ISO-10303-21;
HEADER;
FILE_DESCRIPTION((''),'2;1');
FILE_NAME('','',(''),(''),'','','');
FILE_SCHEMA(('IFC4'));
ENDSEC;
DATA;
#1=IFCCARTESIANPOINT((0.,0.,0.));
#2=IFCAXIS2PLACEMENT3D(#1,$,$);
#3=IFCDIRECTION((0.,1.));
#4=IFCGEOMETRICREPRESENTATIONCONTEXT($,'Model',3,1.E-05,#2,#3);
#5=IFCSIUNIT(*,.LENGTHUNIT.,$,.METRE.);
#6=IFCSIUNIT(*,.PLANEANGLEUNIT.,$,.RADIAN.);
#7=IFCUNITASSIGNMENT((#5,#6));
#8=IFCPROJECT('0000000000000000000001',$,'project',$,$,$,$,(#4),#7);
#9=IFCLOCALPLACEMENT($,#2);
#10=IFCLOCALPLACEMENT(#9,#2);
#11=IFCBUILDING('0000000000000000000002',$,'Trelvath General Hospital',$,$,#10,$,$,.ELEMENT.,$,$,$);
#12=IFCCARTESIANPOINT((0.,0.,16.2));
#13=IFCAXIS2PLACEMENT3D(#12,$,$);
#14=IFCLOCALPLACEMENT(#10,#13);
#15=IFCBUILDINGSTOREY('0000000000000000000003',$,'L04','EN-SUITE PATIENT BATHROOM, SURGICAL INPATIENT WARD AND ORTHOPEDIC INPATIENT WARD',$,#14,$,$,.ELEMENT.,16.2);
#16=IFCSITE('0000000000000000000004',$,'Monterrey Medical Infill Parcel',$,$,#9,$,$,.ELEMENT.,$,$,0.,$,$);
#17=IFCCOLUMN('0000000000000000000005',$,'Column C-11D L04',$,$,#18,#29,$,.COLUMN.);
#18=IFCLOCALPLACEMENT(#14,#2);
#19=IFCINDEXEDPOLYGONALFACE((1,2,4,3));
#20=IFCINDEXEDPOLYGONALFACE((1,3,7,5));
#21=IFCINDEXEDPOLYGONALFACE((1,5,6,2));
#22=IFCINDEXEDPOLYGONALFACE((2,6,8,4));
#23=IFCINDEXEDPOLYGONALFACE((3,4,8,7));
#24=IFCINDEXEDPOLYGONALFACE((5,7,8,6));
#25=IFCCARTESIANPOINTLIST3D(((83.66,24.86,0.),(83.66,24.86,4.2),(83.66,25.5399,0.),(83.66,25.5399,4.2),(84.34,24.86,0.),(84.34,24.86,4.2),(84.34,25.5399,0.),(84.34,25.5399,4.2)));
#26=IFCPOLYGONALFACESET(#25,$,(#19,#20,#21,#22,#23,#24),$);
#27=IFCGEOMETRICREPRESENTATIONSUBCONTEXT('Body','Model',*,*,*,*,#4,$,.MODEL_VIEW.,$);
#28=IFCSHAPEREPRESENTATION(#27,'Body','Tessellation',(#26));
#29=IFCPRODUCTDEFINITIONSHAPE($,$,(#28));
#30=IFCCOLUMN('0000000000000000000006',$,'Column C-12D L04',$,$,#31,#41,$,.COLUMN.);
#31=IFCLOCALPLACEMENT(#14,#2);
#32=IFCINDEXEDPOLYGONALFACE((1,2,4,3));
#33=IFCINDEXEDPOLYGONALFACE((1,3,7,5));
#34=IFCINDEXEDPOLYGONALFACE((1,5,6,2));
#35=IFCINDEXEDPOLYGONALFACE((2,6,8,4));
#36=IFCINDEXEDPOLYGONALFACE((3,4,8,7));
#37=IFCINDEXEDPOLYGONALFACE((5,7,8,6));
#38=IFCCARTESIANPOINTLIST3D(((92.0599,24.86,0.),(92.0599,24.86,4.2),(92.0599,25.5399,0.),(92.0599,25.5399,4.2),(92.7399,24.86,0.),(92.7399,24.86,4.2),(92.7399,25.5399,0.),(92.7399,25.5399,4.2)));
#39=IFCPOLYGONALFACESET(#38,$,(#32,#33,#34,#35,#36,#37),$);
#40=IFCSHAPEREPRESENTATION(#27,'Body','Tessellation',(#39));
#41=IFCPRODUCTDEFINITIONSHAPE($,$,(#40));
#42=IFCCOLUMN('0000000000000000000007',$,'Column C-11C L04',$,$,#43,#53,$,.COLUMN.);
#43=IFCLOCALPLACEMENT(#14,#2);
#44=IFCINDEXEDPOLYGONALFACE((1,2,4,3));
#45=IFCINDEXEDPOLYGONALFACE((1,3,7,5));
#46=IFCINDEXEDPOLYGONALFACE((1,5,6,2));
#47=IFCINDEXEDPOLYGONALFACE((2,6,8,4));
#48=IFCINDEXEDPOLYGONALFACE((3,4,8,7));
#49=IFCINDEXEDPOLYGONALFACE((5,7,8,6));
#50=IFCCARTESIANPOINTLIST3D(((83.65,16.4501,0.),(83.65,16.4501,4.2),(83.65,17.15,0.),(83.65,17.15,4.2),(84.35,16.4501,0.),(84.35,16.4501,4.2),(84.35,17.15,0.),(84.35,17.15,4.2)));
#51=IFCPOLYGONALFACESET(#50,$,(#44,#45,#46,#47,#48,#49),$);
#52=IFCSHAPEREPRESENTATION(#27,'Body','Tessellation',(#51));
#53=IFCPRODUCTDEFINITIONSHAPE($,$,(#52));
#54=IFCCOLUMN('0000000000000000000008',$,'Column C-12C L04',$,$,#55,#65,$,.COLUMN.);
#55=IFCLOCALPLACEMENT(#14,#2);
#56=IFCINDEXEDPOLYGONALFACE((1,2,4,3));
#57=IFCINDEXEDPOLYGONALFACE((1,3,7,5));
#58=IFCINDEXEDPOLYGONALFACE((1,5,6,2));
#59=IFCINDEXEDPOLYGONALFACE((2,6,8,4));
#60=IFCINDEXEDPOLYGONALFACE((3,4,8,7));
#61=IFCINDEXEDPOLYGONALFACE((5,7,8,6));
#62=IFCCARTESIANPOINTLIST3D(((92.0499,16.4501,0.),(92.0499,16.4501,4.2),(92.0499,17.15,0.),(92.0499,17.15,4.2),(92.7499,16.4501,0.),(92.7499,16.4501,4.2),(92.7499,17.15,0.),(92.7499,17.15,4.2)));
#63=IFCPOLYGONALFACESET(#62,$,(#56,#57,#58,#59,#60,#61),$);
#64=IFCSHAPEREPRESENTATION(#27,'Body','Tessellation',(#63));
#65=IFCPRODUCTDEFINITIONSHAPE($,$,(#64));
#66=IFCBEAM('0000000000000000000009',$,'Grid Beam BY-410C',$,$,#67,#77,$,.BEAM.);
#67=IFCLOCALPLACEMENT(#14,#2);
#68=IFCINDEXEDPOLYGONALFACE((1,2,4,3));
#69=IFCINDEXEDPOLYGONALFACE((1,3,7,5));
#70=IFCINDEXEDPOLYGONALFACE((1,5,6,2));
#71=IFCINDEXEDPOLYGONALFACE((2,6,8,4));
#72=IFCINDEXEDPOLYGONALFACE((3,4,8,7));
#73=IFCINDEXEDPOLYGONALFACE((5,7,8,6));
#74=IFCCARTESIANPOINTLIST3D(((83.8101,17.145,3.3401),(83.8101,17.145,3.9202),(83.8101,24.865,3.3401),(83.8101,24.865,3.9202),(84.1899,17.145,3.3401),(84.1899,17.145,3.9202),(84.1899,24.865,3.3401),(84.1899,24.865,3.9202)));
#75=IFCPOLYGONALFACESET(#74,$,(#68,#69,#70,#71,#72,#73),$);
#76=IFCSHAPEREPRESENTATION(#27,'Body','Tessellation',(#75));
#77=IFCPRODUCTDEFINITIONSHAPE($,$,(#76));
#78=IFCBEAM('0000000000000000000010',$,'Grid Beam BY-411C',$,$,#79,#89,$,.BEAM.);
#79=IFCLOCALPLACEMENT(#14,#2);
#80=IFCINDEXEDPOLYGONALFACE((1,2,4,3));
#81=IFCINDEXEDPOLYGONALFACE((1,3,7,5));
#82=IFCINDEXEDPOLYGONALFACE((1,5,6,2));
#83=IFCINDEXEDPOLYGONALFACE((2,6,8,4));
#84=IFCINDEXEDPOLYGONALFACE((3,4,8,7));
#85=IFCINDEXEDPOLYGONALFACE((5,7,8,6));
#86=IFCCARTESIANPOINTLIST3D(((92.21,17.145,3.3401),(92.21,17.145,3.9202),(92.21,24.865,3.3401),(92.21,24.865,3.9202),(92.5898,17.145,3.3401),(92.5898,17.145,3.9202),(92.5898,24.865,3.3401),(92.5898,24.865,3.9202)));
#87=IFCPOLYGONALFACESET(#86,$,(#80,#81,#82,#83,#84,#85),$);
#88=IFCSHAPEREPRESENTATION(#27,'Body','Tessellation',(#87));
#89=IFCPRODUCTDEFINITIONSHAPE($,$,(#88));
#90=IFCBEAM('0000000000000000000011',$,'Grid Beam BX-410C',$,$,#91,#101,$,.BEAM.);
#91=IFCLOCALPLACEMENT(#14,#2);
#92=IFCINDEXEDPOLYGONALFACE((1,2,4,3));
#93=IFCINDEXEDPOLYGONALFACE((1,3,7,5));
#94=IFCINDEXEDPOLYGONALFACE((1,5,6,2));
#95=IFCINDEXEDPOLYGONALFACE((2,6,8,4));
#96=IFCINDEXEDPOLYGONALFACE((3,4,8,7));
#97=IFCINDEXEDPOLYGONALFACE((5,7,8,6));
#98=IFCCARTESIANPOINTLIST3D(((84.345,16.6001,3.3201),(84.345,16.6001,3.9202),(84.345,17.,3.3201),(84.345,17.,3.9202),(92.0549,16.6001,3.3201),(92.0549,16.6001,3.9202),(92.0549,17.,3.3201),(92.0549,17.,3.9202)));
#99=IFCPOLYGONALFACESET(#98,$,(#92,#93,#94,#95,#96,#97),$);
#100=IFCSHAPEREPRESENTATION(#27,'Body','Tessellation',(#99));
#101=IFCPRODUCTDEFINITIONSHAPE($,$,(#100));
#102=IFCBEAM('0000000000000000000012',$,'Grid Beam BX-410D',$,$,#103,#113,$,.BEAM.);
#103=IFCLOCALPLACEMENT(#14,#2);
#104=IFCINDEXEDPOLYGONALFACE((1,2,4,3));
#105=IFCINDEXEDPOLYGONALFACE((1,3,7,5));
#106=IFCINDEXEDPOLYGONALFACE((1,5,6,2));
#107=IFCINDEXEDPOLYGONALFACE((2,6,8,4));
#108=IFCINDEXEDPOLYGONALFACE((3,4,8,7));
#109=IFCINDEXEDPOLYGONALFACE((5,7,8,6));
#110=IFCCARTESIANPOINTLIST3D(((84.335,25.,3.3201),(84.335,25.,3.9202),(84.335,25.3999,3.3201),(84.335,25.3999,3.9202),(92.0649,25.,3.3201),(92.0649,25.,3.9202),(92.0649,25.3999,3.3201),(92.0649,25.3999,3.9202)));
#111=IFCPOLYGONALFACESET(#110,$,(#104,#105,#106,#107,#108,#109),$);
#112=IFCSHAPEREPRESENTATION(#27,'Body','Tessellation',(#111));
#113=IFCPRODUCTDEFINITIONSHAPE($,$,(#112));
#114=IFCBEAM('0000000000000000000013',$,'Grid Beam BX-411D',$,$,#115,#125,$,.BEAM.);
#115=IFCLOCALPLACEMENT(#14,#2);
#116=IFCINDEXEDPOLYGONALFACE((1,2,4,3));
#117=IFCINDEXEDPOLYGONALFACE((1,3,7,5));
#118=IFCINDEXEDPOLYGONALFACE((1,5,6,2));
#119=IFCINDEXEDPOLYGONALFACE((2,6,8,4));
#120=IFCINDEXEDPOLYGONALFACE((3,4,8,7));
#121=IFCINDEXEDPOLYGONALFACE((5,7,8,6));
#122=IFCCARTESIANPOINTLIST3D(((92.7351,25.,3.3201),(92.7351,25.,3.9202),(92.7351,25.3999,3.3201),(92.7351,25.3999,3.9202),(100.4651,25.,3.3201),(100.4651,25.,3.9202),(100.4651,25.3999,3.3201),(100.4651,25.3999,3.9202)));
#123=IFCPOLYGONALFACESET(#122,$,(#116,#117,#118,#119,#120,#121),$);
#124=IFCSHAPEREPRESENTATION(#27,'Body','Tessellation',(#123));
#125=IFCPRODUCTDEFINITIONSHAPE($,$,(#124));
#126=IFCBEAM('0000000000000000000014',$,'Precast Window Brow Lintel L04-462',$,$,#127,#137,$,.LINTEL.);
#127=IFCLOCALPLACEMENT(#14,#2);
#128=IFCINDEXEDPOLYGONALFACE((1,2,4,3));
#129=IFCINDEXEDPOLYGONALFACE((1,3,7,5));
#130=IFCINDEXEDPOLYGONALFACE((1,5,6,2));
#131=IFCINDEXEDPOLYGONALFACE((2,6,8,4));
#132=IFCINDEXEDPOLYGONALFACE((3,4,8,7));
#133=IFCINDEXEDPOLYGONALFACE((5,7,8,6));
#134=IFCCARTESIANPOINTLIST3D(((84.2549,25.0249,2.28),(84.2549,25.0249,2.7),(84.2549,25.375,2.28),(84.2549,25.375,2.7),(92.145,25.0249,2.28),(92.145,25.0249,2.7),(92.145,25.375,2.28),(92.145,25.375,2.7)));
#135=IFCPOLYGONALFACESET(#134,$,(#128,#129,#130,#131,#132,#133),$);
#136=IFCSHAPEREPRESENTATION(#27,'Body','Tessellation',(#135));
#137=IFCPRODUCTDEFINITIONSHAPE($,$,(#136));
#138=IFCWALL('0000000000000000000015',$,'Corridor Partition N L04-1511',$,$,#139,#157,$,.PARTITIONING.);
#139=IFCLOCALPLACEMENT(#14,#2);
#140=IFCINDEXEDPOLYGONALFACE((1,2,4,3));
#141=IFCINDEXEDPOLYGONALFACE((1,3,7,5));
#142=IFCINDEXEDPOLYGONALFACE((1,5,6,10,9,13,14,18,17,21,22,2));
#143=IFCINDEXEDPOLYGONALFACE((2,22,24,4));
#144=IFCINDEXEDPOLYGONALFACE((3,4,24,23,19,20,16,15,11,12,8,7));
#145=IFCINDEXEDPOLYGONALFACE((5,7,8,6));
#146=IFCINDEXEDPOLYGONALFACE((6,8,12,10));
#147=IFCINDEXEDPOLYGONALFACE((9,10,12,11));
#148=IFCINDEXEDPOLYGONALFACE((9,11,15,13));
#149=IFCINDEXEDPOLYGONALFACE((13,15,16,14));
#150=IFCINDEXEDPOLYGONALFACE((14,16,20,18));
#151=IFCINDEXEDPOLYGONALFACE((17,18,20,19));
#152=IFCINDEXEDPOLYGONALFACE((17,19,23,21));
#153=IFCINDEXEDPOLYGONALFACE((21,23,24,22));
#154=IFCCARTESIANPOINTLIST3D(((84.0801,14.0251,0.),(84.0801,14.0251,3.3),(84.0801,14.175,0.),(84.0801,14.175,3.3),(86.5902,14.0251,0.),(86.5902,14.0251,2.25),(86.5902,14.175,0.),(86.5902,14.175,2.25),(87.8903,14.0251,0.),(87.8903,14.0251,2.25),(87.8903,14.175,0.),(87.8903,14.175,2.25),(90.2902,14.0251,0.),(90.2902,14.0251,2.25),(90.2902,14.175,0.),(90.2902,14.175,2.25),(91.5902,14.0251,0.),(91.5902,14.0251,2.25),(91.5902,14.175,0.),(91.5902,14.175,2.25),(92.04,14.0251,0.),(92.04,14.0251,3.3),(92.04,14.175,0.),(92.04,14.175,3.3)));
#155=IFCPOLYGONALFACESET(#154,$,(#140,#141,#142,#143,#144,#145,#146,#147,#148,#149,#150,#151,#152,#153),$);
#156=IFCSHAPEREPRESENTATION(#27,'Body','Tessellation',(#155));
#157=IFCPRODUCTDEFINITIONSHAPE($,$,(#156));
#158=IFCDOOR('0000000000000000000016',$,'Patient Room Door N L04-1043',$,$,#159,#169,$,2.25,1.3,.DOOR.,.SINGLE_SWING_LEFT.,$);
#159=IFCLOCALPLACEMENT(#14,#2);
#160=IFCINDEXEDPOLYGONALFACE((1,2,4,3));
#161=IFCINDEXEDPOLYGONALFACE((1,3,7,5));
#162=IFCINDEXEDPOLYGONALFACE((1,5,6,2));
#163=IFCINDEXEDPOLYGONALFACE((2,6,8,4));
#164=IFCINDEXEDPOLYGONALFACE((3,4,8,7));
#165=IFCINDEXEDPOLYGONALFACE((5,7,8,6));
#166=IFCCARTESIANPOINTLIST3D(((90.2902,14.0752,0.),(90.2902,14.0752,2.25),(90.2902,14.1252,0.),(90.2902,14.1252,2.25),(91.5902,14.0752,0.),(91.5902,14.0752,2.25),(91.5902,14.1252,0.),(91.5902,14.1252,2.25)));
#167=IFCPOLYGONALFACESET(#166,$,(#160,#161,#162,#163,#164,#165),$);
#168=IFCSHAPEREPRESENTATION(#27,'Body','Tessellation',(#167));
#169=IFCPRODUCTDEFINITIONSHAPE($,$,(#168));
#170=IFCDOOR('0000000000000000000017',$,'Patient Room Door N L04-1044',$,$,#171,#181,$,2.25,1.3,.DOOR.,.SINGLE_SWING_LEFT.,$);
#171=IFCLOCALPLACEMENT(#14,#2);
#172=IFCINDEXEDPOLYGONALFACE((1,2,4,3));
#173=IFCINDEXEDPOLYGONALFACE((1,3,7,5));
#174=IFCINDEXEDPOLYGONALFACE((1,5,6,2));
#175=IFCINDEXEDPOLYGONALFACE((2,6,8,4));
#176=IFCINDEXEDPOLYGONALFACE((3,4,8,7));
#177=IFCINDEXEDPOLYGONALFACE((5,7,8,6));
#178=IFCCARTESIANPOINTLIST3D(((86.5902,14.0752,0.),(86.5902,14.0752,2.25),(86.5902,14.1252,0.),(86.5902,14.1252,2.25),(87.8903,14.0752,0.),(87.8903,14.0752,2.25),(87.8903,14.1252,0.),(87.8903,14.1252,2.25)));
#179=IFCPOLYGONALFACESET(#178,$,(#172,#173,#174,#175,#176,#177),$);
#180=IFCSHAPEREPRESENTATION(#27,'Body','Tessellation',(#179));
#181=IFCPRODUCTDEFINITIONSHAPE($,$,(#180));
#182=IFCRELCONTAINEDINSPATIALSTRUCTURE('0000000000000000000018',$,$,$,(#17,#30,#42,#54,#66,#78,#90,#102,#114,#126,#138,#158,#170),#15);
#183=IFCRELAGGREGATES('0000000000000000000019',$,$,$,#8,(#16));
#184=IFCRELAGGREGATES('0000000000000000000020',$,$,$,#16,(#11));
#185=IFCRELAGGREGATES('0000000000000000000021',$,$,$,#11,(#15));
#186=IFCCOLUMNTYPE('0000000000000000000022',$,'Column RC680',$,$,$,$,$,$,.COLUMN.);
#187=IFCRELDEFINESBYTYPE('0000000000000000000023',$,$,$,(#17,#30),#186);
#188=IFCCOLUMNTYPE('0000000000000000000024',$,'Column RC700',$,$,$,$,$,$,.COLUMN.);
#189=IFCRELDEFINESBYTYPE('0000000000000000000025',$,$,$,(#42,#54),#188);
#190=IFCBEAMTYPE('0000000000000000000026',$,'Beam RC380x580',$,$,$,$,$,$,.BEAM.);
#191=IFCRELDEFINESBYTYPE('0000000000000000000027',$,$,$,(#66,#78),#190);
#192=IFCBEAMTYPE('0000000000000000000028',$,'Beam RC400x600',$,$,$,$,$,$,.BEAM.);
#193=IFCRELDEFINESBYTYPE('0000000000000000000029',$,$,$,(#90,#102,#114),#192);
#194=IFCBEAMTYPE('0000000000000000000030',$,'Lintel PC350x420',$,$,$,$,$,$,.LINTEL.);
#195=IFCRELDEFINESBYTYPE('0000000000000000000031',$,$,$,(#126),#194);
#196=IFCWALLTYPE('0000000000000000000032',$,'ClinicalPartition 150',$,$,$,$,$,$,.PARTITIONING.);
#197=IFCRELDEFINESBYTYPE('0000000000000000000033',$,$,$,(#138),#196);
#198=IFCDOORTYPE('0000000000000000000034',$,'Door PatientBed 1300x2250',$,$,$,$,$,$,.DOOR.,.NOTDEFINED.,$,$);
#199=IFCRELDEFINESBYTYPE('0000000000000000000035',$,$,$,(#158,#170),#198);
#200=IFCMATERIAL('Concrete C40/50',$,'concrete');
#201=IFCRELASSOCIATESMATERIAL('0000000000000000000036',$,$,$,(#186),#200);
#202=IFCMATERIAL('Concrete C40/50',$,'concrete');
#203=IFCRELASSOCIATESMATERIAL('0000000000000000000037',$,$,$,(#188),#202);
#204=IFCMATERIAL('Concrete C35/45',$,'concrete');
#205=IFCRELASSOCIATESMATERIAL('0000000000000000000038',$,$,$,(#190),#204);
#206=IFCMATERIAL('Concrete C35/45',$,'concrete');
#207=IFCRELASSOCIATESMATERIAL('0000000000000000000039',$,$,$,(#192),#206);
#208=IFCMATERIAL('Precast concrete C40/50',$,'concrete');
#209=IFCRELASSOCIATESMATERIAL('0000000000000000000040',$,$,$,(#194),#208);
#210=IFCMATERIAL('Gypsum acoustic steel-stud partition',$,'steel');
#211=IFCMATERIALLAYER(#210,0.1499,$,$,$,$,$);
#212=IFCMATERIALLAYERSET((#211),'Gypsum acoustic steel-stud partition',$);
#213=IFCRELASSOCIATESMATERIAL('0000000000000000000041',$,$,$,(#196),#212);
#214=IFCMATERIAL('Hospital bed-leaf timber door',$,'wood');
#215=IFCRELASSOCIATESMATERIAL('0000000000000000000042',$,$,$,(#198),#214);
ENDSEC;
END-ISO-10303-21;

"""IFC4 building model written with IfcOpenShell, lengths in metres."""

from ifc_helpers import new_model, si_unit, direction, frame, frame_2d, origin, origin_2d, place, context, subcontext, project, spatial, rectangle, extrude, material, layer, layer_set, material_profile, profile_set, type_object, element, fill, save


model = new_model("IFC4")

# Units and contexts
model_context = context("Model", 3, precision=1e-05, world=origin(), true_north=direction((0.0, 1.0)))
body_context = subcontext(model_context, "Body", "Model", "MODEL_VIEW")
ifc_project = project(units=[si_unit("LENGTHUNIT", "METRE"), si_unit("PLANEANGLEUNIT", "RADIAN")], contexts=[model_context])

# Site, building, storey
site_placement = place(None, origin())
site = spatial("IfcSite", under=ifc_project, at=site_placement, Name="Monterrey Medical Infill Parcel", CompositionType="ELEMENT", RefElevation=0.0)
building_placement = place(site_placement, origin())
building = spatial("IfcBuilding", under=site, at=building_placement, Name="Trelvath General Hospital", CompositionType="ELEMENT")
storey_placement = place(building_placement, frame((0.0, 0.0, 16.2)))
storey = spatial("IfcBuildingStorey", under=building, at=storey_placement, Name="L04", Description="EN-SUITE PATIENT BATHROOM, SURGICAL INPATIENT WARD AND ORTHOPEDIC INPATIENT WARD", CompositionType="ELEMENT", Elevation=16.2)

# Columns
ifc_material_1 = material(Name="Concrete C40/50", Category="concrete")
ifc_material_profile_1 = material_profile(ifc_material_1, rectangle(XDim=0.6799, YDim=0.6799, at=origin_2d()), Name="RC680x680")
ifc_profile_set_1 = profile_set([ifc_material_profile_1], Name="Concrete C40/50")
column_type_1 = type_object("IfcColumnType", Name="Column RC680", PredefinedType="COLUMN", material=ifc_profile_set_1)
for number, where, z_axis, x_axis, name in (
    (1, (84.0, 25.2, 0.0), (0.0, 0.0, 1.0), (1.0, 0.0, 0.0), "Column C-11D L04"),
    (2, (92.3999, 25.2, 0.0), (0.0, 0.0, 1.0), (1.0, 0.0, 0.0), "Column C-12D L04"),
):
    element("IfcColumn", number, at=place(storey_placement, frame(where, z_axis=z_axis, x_axis=x_axis)), inside=storey, type_object=column_type_1, Name=name, PredefinedType="COLUMN", context=body_context, shape_type="SweptSolid", body=[
        extrude(rectangle(XDim=0.6799, YDim=0.6799, at=origin_2d()), origin(), (0.0, 0.0, 1.0), 4.2),
    ])
ifc_material_2 = material(Name="Concrete C40/50", Category="concrete")
ifc_material_profile_2 = material_profile(ifc_material_2, rectangle(XDim=0.7, YDim=0.7, at=origin_2d()), Name="RC700x700")
ifc_profile_set_2 = profile_set([ifc_material_profile_2], Name="Concrete C40/50")
column_type_2 = type_object("IfcColumnType", Name="Column RC700", PredefinedType="COLUMN", material=ifc_profile_set_2)
for number, where, z_axis, x_axis, name in (
    (3, (84.0, 16.8, 0.0), (0.0, 0.0, 1.0), (1.0, 0.0, 0.0), "Column C-11C L04"),
    (4, (92.3999, 16.8, 0.0), (0.0, 0.0, 1.0), (1.0, 0.0, 0.0), "Column C-12C L04"),
):
    element("IfcColumn", number, at=place(storey_placement, frame(where, z_axis=z_axis, x_axis=x_axis)), inside=storey, type_object=column_type_2, Name=name, PredefinedType="COLUMN", context=body_context, shape_type="SweptSolid", body=[
        extrude(rectangle(XDim=0.7, YDim=0.7, at=origin_2d()), origin(), (0.0, 0.0, 1.0), 4.2),
    ])

# Beams
ifc_material_3 = material(Name="Concrete C35/45", Category="concrete")
ifc_material_profile_3 = material_profile(ifc_material_3, rectangle(XDim=0.3799, YDim=0.5801, at=origin_2d()), Name="RCB380x580")
ifc_profile_set_3 = profile_set([ifc_material_profile_3], Name="Concrete C35/45")
beam_type_1 = type_object("IfcBeamType", Name="Beam RC380x580", PredefinedType="BEAM", material=ifc_profile_set_3)
for number, where, z_axis, x_axis, name in (
    (5, (84.0, 17.145, 3.6301), (0.0, 1.0, 0.0), (-1.0, 0.0, 0.0), "Grid Beam BY-410C"),
    (6, (92.3999, 17.145, 3.6301), (0.0, 1.0, 0.0), (-1.0, 0.0, 0.0), "Grid Beam BY-411C"),
):
    element("IfcBeam", number, at=place(storey_placement, frame(where, z_axis=z_axis, x_axis=x_axis)), inside=storey, type_object=beam_type_1, Name=name, PredefinedType="BEAM", context=body_context, shape_type="SweptSolid", body=[
        extrude(rectangle(XDim=0.3799, YDim=0.5801, at=origin_2d()), origin(), (0.0, 0.0, 1.0), 7.72),
    ])
ifc_material_4 = material(Name="Concrete C35/45", Category="concrete")
ifc_material_profile_4 = material_profile(ifc_material_4, rectangle(XDim=0.3999, YDim=0.6001, at=origin_2d()), Name="RCB400x600")
ifc_profile_set_4 = profile_set([ifc_material_profile_4], Name="Concrete C35/45")
beam_type_2 = type_object("IfcBeamType", Name="Beam RC400x600", PredefinedType="BEAM", material=ifc_profile_set_4)
beam_1_placement = place(storey_placement, frame((84.345, 16.8, 3.6201), z_axis=(1.0, 0.0, 0.0), x_axis=(0.0, 1.0, 0.0)))
element("IfcBeam", 7, at=beam_1_placement, inside=storey, type_object=beam_type_2, Name="Grid Beam BX-410C", PredefinedType="BEAM", context=body_context, shape_type="SweptSolid", body=[
    extrude(rectangle(XDim=0.3999, YDim=0.6001, at=origin_2d()), origin(), (0.0, 0.0, 1.0), 7.71),
])
for number, where, z_axis, x_axis, name in (
    (8, (84.335, 25.2, 3.6201), (1.0, 0.0, 0.0), (0.0, 1.0, 0.0), "Grid Beam BX-410D"),
    (9, (92.7351, 25.2, 3.6201), (1.0, 0.0, 0.0), (0.0, 1.0, 0.0), "Grid Beam BX-411D"),
):
    element("IfcBeam", number, at=place(storey_placement, frame(where, z_axis=z_axis, x_axis=x_axis)), inside=storey, type_object=beam_type_2, Name=name, PredefinedType="BEAM", context=body_context, shape_type="SweptSolid", body=[
        extrude(rectangle(XDim=0.3999, YDim=0.6001, at=origin_2d()), origin(), (0.0, 0.0, 1.0), 7.73),
    ])
ifc_material_5 = material(Name="Precast concrete C40/50", Category="concrete")
ifc_material_profile_5 = material_profile(ifc_material_5, rectangle(XDim=0.3501, YDim=0.4199, at=origin_2d()), Name="PCL350x420")
ifc_profile_set_5 = profile_set([ifc_material_profile_5], Name="Precast concrete C40/50")
beam_type_3 = type_object("IfcBeamType", Name="Lintel PC350x420", PredefinedType="LINTEL", material=ifc_profile_set_5)
beam_2_placement = place(storey_placement, frame((84.2549, 25.2, 2.49), z_axis=(1.0, 0.0, 0.0), x_axis=(0.0, 1.0, 0.0)))
element("IfcBeam", 10, at=beam_2_placement, inside=storey, type_object=beam_type_3, Name="Precast Window Brow Lintel L04-462", PredefinedType="LINTEL", context=body_context, shape_type="SweptSolid", body=[
    extrude(rectangle(XDim=0.3501, YDim=0.4199, at=origin_2d()), origin(), (0.0, 0.0, 1.0), 7.8901),
])

# Shared definitions
ifc_material_6 = material(Name="Gypsum acoustic steel-stud partition", Category="steel")
ifc_layer_1 = layer(ifc_material_6, 0.1499)
ifc_layer_set_1 = layer_set([ifc_layer_1], Name="Gypsum acoustic steel-stud partition")
wall_type_1 = type_object("IfcWallType", Name="ClinicalPartition 150", PredefinedType="PARTITIONING", material=ifc_layer_set_1)

# Wall, openings, doors
wall_1_placement = place(storey_placement, frame((92.04, 14.1001, 0.0), z_axis=(0.0, 0.0, 1.0), x_axis=(-1.0, 0.0, 0.0)))
wall_1 = element("IfcWall", 11, at=wall_1_placement, inside=storey, type_object=wall_type_1, Name="Corridor Partition N L04-1511", PredefinedType="PARTITIONING", context=body_context, shape_type="SweptSolid", body=[
    extrude(rectangle(XDim=7.96, YDim=0.1499, at=frame_2d((3.98, 0.0))), origin(), (0.0, 0.0, 1.0), 3.3),
])
opening_1_placement = place(wall_1_placement, frame((0.45, 0.0, 0.0)))
opening_1 = element("IfcOpeningElement", 12, at=opening_1_placement, cuts=wall_1, PredefinedType="OPENING", context=body_context, shape_type="SweptSolid", body=[
    extrude(rectangle(XDim=1.3, YDim=2.25, at=frame_2d((0.6499, 1.125))), frame((0.0, 0.085, 0.0), z_axis=(0.0, -1.0, 0.0), x_axis=(1.0, 0.0, 0.0)), (0.0, 0.0, 1.0), 0.1699),
])
opening_2_placement = place(wall_1_placement, frame((4.1499, 0.0, 0.0)))
opening_2 = element("IfcOpeningElement", 13, at=opening_2_placement, cuts=wall_1, PredefinedType="OPENING", context=body_context, shape_type="SweptSolid", body=[
    extrude(rectangle(XDim=1.3, YDim=2.25, at=frame_2d((0.6499, 1.125))), frame((0.0, 0.085, 0.0), z_axis=(0.0, -1.0, 0.0), x_axis=(1.0, 0.0, 0.0)), (0.0, 0.0, 1.0), 0.1699),
])
ifc_material_7 = material(Name="Hospital bed-leaf timber door", Category="wood")
door_type_1 = type_object("IfcDoorType", Name="Door PatientBed 1300x2250", OperationType="NOTDEFINED", PredefinedType="DOOR", material=ifc_material_7)
door_1_placement = place(opening_1_placement, origin())
door_1 = element("IfcDoor", 14, at=door_1_placement, inside=storey, type_object=door_type_1, Name="Patient Room Door N L04-1043", OperationType="SINGLE_SWING_LEFT", OverallHeight=2.25, OverallWidth=1.3, PredefinedType="DOOR", context=body_context, shape_type="SweptSolid", body=[
    extrude(rectangle(XDim=1.3, YDim=2.25, at=frame_2d((0.6499, 1.125))), frame((0.0, 0.0249, 0.0), z_axis=(0.0, -1.0, 0.0), x_axis=(1.0, 0.0, 0.0)), (0.0, 0.0, 1.0), 0.05),
])
fill(opening_1, door_1)
door_2_placement = place(opening_2_placement, origin())
door_2 = element("IfcDoor", 15, at=door_2_placement, inside=storey, type_object=door_type_1, Name="Patient Room Door N L04-1044", OperationType="SINGLE_SWING_LEFT", OverallHeight=2.25, OverallWidth=1.3, PredefinedType="DOOR", context=body_context, shape_type="SweptSolid", body=[
    extrude(rectangle(XDim=1.3, YDim=2.25, at=frame_2d((0.6499, 1.125))), frame((0.0, 0.0249, 0.0), z_axis=(0.0, -1.0, 0.0), x_axis=(1.0, 0.0, 0.0)), (0.0, 0.0, 1.0), 0.05),
])
fill(opening_2, door_2)

save(model, "model.ifc")
